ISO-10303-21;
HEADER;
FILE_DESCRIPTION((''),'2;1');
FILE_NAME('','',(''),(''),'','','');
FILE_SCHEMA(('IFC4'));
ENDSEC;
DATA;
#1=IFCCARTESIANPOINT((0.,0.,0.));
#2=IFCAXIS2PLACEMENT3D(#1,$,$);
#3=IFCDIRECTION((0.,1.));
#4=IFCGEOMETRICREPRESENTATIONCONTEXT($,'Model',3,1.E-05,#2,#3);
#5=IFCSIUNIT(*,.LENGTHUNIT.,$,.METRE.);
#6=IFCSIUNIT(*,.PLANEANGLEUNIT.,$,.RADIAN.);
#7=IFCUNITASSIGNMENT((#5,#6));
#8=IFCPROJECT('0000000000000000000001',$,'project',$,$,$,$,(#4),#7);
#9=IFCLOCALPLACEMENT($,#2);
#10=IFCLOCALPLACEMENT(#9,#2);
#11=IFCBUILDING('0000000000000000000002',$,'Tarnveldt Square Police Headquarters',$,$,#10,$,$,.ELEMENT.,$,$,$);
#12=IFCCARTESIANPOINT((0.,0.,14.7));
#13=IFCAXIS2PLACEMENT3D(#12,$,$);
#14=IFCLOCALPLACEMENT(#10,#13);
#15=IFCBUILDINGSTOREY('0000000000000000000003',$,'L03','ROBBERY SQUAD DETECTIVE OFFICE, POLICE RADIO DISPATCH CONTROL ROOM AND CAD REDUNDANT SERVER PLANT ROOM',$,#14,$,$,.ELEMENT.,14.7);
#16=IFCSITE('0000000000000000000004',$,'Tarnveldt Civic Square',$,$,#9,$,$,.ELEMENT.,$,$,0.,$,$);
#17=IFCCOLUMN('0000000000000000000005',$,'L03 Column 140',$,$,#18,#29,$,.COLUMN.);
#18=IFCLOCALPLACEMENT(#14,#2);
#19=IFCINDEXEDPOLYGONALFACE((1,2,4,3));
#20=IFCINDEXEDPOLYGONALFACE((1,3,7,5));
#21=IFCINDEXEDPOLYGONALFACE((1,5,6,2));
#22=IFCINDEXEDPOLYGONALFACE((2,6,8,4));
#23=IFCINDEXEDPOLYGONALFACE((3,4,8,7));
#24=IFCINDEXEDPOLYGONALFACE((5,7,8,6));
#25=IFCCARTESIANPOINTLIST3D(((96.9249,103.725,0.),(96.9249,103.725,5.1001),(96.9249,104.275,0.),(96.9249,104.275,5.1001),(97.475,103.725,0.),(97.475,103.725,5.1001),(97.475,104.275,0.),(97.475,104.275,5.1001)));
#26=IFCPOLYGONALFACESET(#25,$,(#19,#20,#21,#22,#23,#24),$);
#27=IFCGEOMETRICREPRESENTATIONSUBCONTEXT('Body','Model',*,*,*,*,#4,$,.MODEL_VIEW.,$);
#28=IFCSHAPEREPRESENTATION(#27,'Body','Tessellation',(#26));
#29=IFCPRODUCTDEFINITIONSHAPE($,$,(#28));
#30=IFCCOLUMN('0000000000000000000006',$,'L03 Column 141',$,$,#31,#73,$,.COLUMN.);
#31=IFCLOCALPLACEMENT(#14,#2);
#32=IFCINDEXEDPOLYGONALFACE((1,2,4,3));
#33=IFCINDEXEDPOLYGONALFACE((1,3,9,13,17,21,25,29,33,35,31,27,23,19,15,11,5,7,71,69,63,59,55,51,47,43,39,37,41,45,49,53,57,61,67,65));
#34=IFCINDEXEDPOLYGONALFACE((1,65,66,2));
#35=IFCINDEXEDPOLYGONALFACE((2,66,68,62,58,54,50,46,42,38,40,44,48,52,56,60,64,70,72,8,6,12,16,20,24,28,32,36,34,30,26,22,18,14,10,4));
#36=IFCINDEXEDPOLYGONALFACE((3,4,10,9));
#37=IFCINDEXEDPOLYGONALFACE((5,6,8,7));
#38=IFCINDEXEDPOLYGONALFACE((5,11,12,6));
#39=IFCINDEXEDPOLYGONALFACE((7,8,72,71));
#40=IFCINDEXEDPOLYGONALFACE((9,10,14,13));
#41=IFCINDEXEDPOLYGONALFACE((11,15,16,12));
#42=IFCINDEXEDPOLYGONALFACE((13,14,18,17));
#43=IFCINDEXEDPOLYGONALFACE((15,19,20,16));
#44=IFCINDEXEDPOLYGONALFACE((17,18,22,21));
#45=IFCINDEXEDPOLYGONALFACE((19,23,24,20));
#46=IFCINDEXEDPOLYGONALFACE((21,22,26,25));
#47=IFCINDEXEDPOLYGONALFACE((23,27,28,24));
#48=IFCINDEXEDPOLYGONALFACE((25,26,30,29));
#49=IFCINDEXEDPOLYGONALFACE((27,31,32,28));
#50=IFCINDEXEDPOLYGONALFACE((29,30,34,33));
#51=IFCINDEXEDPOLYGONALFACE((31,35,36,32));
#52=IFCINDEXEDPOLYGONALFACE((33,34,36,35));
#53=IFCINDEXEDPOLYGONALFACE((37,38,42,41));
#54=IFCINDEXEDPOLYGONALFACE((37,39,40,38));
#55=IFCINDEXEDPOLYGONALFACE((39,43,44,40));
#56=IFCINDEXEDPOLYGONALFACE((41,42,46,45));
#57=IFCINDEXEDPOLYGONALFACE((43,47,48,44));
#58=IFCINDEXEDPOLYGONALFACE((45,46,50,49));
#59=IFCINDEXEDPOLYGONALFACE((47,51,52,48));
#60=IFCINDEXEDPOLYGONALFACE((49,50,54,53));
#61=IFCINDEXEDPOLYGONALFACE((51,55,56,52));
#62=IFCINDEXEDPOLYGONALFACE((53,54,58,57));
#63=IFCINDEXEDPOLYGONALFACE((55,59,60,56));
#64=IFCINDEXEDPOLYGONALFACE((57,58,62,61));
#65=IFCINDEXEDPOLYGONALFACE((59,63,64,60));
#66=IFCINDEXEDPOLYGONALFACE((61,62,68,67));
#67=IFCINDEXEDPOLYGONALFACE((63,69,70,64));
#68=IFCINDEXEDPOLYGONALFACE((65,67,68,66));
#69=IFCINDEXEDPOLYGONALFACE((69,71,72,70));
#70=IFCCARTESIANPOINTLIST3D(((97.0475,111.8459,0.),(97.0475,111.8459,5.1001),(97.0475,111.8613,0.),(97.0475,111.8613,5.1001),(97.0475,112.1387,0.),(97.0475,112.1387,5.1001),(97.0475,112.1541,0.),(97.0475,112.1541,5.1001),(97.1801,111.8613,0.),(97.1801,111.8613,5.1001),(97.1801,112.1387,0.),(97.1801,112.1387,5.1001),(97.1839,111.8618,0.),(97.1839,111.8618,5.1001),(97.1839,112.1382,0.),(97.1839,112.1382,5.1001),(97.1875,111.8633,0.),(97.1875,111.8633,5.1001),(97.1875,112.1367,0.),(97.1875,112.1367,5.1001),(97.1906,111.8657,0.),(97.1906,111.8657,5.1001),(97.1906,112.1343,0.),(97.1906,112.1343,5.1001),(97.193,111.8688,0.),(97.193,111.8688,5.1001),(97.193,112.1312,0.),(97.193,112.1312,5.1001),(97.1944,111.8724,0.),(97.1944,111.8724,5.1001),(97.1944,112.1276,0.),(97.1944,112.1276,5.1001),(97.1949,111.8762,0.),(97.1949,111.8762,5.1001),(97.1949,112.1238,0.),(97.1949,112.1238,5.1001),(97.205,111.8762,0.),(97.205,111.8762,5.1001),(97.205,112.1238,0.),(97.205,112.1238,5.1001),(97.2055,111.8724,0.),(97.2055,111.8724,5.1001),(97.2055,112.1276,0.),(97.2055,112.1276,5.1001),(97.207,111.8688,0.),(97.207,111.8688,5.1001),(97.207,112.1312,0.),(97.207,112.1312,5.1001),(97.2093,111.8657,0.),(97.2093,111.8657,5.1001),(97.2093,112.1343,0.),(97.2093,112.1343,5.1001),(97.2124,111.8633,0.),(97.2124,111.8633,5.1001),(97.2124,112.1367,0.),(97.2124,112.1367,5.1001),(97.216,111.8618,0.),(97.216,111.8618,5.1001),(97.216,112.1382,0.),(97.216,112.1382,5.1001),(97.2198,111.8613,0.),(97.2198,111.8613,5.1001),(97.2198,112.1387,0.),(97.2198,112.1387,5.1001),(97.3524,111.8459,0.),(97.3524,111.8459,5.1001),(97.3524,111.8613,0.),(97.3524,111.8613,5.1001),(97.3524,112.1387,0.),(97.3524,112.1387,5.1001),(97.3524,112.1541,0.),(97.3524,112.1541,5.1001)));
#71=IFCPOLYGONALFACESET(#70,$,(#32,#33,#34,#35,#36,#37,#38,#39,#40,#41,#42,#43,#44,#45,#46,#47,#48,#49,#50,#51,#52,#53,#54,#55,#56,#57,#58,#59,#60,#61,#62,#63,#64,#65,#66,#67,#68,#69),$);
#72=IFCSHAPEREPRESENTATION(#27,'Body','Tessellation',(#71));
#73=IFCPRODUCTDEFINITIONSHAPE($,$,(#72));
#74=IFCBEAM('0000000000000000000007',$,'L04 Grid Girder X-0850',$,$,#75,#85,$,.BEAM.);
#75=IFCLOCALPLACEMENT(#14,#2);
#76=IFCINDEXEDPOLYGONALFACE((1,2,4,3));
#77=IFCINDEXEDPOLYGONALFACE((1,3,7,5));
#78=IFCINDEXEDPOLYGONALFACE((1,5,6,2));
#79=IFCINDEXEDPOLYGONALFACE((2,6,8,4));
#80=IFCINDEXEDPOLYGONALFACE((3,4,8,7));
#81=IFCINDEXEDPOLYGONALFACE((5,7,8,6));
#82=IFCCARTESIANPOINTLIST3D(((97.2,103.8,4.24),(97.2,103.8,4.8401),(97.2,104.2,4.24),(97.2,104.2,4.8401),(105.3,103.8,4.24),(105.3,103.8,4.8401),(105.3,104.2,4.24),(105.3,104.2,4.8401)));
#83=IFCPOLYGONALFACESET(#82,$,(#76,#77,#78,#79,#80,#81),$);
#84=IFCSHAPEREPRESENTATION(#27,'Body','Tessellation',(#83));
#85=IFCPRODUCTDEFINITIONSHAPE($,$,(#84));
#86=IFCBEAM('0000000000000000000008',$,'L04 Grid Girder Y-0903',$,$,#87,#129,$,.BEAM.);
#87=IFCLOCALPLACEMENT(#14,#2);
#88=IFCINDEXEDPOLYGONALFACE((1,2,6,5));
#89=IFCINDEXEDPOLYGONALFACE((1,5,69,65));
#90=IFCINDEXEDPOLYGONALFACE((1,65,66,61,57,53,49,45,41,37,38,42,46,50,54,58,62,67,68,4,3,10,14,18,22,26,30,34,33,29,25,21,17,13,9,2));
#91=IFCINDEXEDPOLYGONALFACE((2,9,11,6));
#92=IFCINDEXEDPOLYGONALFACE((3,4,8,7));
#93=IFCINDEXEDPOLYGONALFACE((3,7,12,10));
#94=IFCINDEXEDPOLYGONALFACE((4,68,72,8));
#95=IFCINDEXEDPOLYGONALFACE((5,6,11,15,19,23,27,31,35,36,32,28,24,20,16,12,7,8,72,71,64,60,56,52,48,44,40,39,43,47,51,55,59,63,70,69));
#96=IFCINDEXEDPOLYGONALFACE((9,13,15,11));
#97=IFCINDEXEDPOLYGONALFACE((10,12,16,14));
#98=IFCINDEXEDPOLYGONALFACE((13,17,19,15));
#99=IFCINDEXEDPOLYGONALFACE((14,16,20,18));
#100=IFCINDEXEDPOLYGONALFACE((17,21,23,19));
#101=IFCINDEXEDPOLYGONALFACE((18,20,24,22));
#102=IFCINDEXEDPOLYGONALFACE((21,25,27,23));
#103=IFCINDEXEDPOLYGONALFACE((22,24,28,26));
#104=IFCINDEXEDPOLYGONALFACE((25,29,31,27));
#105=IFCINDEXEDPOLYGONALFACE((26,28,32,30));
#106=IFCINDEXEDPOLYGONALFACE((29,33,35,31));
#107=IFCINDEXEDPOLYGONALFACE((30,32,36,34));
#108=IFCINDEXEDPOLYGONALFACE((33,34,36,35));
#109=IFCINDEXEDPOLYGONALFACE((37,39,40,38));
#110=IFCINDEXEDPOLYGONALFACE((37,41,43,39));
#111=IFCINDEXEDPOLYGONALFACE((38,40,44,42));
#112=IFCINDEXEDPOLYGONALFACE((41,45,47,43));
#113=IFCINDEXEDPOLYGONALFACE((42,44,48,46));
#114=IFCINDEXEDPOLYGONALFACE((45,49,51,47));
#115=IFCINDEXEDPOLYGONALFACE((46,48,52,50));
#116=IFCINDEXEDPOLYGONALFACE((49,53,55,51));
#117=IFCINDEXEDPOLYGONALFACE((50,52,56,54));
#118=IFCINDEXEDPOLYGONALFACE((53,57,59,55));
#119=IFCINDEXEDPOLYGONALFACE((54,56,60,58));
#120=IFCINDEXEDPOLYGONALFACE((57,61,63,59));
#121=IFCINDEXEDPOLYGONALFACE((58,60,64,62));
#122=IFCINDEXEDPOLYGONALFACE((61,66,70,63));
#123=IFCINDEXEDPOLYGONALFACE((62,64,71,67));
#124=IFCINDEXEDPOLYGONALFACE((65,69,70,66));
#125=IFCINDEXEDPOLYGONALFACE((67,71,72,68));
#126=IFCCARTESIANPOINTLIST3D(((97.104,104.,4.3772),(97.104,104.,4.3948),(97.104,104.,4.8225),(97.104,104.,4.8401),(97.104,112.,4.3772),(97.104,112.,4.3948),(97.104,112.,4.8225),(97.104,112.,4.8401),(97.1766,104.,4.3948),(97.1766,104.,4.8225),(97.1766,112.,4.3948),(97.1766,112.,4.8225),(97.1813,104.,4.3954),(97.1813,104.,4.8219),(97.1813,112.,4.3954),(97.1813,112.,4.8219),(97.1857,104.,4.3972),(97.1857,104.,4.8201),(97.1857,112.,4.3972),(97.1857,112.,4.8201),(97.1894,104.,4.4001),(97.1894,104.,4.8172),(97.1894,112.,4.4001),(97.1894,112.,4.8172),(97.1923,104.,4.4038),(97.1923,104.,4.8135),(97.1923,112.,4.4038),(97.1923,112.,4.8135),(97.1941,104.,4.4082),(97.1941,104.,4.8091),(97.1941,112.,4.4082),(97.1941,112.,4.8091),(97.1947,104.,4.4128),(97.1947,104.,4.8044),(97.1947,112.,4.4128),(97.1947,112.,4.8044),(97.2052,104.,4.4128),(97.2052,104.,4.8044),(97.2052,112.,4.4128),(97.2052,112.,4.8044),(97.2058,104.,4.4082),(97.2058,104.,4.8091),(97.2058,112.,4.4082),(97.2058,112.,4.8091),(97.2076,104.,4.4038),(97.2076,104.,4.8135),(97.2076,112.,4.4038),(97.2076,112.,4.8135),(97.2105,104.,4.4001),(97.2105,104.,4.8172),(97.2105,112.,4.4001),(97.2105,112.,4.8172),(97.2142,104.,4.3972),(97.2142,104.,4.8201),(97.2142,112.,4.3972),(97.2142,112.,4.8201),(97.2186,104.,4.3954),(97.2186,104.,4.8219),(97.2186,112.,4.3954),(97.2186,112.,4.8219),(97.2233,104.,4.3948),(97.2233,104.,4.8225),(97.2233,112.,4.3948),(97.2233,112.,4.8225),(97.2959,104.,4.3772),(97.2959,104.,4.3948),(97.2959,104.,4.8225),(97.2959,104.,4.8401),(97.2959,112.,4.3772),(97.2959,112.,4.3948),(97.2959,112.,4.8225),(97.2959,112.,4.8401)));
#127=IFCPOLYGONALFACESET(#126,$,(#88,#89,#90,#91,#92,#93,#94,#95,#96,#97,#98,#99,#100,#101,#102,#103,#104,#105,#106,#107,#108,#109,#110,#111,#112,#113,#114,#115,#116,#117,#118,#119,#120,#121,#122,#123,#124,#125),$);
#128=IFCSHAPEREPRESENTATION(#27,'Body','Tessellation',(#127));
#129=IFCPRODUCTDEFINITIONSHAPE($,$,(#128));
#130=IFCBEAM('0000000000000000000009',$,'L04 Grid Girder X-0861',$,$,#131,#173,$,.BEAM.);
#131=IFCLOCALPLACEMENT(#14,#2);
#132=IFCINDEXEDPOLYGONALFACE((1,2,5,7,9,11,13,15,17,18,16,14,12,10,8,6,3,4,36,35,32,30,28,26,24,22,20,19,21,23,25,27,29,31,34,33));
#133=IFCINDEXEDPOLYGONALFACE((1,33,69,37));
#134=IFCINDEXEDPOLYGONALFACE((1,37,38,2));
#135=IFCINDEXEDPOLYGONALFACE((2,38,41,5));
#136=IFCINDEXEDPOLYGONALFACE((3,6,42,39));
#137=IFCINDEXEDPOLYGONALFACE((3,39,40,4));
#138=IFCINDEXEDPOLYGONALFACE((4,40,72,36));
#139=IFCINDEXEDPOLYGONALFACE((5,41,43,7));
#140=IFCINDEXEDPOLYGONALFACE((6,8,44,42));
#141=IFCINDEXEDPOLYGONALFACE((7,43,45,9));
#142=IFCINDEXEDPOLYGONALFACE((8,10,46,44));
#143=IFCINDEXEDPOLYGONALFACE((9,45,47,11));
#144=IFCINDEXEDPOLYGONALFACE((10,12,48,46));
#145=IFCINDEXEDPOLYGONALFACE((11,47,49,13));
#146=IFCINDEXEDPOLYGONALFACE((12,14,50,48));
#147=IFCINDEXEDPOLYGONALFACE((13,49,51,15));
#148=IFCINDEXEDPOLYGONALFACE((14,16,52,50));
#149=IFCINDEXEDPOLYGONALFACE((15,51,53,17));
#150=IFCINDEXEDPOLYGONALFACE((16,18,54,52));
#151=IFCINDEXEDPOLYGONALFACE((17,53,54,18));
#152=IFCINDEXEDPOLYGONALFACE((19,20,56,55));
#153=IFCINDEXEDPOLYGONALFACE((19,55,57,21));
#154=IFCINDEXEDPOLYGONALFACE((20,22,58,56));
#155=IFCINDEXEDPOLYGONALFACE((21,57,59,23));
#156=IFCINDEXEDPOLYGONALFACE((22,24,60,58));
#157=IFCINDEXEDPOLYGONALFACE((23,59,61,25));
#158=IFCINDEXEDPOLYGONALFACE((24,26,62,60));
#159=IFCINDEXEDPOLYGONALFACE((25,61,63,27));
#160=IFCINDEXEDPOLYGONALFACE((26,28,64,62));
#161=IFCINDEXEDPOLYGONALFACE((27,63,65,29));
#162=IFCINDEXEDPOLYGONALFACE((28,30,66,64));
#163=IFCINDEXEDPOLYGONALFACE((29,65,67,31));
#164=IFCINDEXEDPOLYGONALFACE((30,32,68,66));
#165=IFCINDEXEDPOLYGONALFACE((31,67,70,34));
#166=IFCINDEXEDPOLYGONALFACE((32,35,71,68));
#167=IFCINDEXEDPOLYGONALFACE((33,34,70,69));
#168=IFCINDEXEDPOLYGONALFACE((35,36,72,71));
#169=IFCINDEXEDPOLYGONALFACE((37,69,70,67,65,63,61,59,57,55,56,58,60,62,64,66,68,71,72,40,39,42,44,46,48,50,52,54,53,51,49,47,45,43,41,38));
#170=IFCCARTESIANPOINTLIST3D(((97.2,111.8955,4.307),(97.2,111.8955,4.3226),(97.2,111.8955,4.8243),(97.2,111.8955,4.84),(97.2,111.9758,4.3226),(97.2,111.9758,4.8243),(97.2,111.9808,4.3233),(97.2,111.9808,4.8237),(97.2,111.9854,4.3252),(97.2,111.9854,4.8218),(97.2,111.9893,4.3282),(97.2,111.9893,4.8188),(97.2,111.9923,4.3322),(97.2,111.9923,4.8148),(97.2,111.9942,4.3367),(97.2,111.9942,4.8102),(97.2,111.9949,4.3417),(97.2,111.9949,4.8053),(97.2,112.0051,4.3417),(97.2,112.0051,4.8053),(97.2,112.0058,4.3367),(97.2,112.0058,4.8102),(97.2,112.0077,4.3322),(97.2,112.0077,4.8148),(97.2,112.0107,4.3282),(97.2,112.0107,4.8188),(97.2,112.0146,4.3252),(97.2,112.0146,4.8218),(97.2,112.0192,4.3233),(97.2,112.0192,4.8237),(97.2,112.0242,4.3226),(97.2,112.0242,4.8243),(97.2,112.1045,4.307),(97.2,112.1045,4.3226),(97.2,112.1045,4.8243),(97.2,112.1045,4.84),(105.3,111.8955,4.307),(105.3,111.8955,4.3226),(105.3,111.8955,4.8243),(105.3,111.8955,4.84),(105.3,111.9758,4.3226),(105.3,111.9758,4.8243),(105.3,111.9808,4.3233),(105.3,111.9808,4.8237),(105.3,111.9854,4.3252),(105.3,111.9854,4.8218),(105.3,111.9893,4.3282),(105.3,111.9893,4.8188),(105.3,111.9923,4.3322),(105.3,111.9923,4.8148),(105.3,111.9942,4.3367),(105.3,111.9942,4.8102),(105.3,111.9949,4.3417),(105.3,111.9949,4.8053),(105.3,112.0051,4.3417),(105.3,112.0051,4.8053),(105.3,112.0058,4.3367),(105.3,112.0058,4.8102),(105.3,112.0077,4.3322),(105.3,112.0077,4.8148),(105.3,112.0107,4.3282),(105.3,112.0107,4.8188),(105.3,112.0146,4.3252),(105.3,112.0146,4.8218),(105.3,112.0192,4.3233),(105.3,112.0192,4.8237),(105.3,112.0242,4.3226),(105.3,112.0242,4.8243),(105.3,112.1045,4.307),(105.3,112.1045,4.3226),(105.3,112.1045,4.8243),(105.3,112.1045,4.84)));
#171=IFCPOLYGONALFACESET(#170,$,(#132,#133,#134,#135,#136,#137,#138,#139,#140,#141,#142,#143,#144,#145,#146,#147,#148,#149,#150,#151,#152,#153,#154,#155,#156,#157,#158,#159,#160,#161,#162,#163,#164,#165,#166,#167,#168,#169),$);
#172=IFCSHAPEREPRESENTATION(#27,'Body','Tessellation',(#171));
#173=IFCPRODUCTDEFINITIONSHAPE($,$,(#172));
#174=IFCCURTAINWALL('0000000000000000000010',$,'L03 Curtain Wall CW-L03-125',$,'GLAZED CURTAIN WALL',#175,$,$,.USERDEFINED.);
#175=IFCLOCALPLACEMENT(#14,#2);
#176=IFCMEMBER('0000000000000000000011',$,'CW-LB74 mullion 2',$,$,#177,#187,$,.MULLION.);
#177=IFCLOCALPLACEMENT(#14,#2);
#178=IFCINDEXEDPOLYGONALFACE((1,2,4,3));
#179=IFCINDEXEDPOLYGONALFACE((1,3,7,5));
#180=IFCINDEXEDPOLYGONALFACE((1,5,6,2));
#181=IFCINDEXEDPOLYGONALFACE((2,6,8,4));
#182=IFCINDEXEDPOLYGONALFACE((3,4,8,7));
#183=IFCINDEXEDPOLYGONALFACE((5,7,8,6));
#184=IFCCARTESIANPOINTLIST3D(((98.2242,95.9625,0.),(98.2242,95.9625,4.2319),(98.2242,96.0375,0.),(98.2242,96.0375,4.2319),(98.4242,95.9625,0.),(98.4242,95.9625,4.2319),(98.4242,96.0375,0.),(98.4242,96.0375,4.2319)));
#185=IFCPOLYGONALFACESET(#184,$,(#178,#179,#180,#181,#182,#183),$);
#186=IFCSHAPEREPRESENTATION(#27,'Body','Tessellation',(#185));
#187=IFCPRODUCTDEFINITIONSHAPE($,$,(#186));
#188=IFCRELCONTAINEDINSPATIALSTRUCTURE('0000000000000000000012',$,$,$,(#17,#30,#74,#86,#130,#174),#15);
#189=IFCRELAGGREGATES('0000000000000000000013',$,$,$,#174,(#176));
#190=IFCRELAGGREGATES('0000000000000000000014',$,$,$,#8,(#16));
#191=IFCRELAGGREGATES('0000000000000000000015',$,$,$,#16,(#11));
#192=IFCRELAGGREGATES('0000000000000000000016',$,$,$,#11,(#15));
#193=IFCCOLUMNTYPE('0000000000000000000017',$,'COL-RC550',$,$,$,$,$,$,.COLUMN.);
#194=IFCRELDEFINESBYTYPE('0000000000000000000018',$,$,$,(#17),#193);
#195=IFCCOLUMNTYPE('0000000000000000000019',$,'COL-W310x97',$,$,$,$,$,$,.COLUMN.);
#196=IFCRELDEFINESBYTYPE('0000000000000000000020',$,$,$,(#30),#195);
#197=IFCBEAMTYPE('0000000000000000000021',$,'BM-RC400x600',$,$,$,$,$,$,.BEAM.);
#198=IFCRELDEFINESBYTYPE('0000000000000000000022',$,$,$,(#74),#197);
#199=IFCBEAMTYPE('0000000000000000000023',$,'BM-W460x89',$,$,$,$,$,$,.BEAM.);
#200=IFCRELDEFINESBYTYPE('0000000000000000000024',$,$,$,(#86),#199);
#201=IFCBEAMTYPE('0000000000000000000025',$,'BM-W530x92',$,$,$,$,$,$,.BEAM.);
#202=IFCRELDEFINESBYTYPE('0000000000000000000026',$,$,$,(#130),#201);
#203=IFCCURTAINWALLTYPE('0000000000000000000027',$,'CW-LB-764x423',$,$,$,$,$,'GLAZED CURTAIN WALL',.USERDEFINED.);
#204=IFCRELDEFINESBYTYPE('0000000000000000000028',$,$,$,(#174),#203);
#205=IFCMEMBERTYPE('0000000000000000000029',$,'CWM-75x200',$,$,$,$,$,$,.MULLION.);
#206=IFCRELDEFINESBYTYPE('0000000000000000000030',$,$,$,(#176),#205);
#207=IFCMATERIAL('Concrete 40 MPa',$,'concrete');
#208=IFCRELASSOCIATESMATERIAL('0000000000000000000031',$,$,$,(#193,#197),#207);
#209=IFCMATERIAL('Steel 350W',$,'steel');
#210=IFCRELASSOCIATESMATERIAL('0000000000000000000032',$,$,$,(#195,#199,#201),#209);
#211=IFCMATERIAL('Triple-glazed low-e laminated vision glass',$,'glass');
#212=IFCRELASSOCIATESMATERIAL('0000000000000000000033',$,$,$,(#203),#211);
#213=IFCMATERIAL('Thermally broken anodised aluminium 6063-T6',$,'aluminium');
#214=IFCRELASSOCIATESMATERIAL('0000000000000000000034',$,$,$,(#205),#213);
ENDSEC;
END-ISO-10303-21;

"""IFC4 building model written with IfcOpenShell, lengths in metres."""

from ifc_helpers import new_model, si_unit, direction, frame, origin, origin_2d, place, context, subcontext, project, spatial, rectangle, i_section, extrude, material, material_profile, profile_set, type_object, element, aggregate, save


model = new_model("IFC4")

# Units and contexts
model_context = context("Model", 3, precision=1e-05, world=origin(), true_north=direction((0.0, 1.0)))
body_context = subcontext(model_context, "Body", "Model", "MODEL_VIEW")
ifc_project = project(units=[si_unit("LENGTHUNIT", "METRE"), si_unit("PLANEANGLEUNIT", "RADIAN")], contexts=[model_context])

# Site, building, storey
site_placement = place(None, origin())
site = spatial("IfcSite", under=ifc_project, at=site_placement, Name="Tarnveldt Civic Square", CompositionType="ELEMENT", RefElevation=0.0)
building_placement = place(site_placement, origin())
building = spatial("IfcBuilding", under=site, at=building_placement, Name="Tarnveldt Square Police Headquarters", CompositionType="ELEMENT")
storey_placement = place(building_placement, frame((0.0, 0.0, 14.7)))
storey = spatial("IfcBuildingStorey", under=building, at=storey_placement, Name="L03", Description="ROBBERY SQUAD DETECTIVE OFFICE, POLICE RADIO DISPATCH CONTROL ROOM AND CAD REDUNDANT SERVER PLANT ROOM", CompositionType="ELEMENT", Elevation=14.7)

# Columns
ifc_material_1 = material(Name="Concrete 40 MPa", Category="concrete")
ifc_material_profile_1 = material_profile(ifc_material_1, rectangle(XDim=0.55, YDim=0.55, at=origin_2d()), Name="RC-C550x550")
ifc_profile_set_1 = profile_set([ifc_material_profile_1], Name="Concrete 40 MPa")
column_type_1 = type_object("IfcColumnType", Name="COL-RC550", PredefinedType="COLUMN", material=ifc_profile_set_1)
column_1_placement = place(storey_placement, frame((97.2, 104.0, 0.0), z_axis=(0.0, 0.0, 1.0), x_axis=(1.0, 0.0, 0.0)))
element("IfcColumn", 1, at=column_1_placement, inside=storey, type_object=column_type_1, Name="L03 Column 140", PredefinedType="COLUMN", context=body_context, shape_type="SweptSolid", body=[
    extrude(rectangle(XDim=0.55, YDim=0.55, at=origin_2d()), origin(), (0.0, 0.0, 1.0), 5.1001),
])
ifc_material_2 = material(Name="Steel 350W", Category="steel")
ifc_material_profile_2 = material_profile(ifc_material_2, i_section(OverallWidth=0.3049, OverallDepth=0.3081, WebThickness=0.01, FlangeThickness=0.0154, FilletRadius=0.0149, at=origin_2d()), Name="W310x97")
ifc_profile_set_2 = profile_set([ifc_material_profile_2], Name="Steel 350W")
column_type_2 = type_object("IfcColumnType", Name="COL-W310x97", PredefinedType="COLUMN", material=ifc_profile_set_2)
column_2_placement = place(storey_placement, frame((97.2, 112.0, 0.0), z_axis=(0.0, 0.0, 1.0), x_axis=(1.0, 0.0, 0.0)))
element("IfcColumn", 2, at=column_2_placement, inside=storey, type_object=column_type_2, Name="L03 Column 141", PredefinedType="COLUMN", context=body_context, shape_type="SweptSolid", body=[
    extrude(i_section(OverallWidth=0.3049, OverallDepth=0.3081, WebThickness=0.01, FlangeThickness=0.0154, FilletRadius=0.0149, at=origin_2d()), origin(), (0.0, 0.0, 1.0), 5.1001),
])

# Beams
ifc_material_profile_3 = material_profile(ifc_material_1, rectangle(XDim=0.3999, YDim=0.6001, at=origin_2d()), Name="RC-B400x600")
ifc_profile_set_3 = profile_set([ifc_material_profile_3], Name="Concrete 40 MPa")
beam_type_1 = type_object("IfcBeamType", Name="BM-RC400x600", PredefinedType="BEAM", material=ifc_profile_set_3)
beam_1_placement = place(storey_placement, frame((97.2, 104.0, 4.54), z_axis=(1.0, 0.0, 0.0), x_axis=(0.0, 1.0, 0.0)))
element("IfcBeam", 3, at=beam_1_placement, inside=storey, type_object=beam_type_1, Name="L04 Grid Girder X-0850", PredefinedType="BEAM", context=body_context, shape_type="SweptSolid", body=[
    extrude(rectangle(XDim=0.3999, YDim=0.6001, at=origin_2d()), origin(), (0.0, 0.0, 1.0), 8.1001),
])
ifc_material_profile_4 = material_profile(ifc_material_2, i_section(OverallWidth=0.1919, OverallDepth=0.4629, WebThickness=0.0105, FlangeThickness=0.0176, FilletRadius=0.0181, at=origin_2d()), Name="W460x89")
ifc_profile_set_4 = profile_set([ifc_material_profile_4], Name="Steel 350W")
beam_type_2 = type_object("IfcBeamType", Name="BM-W460x89", PredefinedType="BEAM", material=ifc_profile_set_4)
beam_2_placement = place(storey_placement, frame((97.2, 104.0, 4.6086), z_axis=(0.0, 1.0, 0.0), x_axis=(-1.0, 0.0, 0.0)))
element("IfcBeam", 4, at=beam_2_placement, inside=storey, type_object=beam_type_2, Name="L04 Grid Girder Y-0903", PredefinedType="BEAM", context=body_context, shape_type="SweptSolid", body=[
    extrude(i_section(OverallWidth=0.1919, OverallDepth=0.4629, WebThickness=0.0105, FlangeThickness=0.0176, FilletRadius=0.0181, at=origin_2d()), origin(), (0.0, 0.0, 1.0), 8.0),
])
ifc_material_profile_5 = material_profile(ifc_material_2, i_section(OverallWidth=0.209, OverallDepth=0.533, WebThickness=0.0103, FlangeThickness=0.0156, FilletRadius=0.019, at=origin_2d()), Name="W530x92")
ifc_profile_set_5 = profile_set([ifc_material_profile_5], Name="Steel 350W")
beam_type_3 = type_object("IfcBeamType", Name="BM-W530x92", PredefinedType="BEAM", material=ifc_profile_set_5)
beam_3_placement = place(storey_placement, frame((97.2, 112.0, 4.5735), z_axis=(1.0, 0.0, 0.0), x_axis=(0.0, 1.0, 0.0)))
element("IfcBeam", 5, at=beam_3_placement, inside=storey, type_object=beam_type_3, Name="L04 Grid Girder X-0861", PredefinedType="BEAM", context=body_context, shape_type="SweptSolid", body=[
    extrude(i_section(OverallWidth=0.209, OverallDepth=0.533, WebThickness=0.0103, FlangeThickness=0.0156, FilletRadius=0.019, at=origin_2d()), origin(), (0.0, 0.0, 1.0), 8.1001),
])

# Curtain wall, member
ifc_material_3 = material(Name="Triple-glazed low-e laminated vision glass", Category="glass")
curtain_wall_type = type_object("IfcCurtainWallType", Name="CW-LB-764x423", ElementType="GLAZED CURTAIN WALL", PredefinedType="USERDEFINED", material=ifc_material_3)
curtain_wall_placement = place(storey_placement, origin())
curtain_wall = element("IfcCurtainWall", 6, at=curtain_wall_placement, inside=storey, type_object=curtain_wall_type, Name="L03 Curtain Wall CW-L03-125", ObjectType="GLAZED CURTAIN WALL", PredefinedType="USERDEFINED")
ifc_material_4 = material(Name="Thermally broken anodised aluminium 6063-T6", Category="aluminium")
ifc_material_profile_6 = material_profile(ifc_material_4, rectangle(XDim=0.075, YDim=0.2, at=origin_2d()), Name="CW-M75x200")
ifc_profile_set_6 = profile_set([ifc_material_profile_6], Name="Thermally broken anodised aluminium 6063-T6")
member_type_1 = type_object("IfcMemberType", Name="CWM-75x200", PredefinedType="MULLION", material=ifc_profile_set_6)
member_1_placement = place(storey_placement, frame((98.3242, 96.0, 0.0), z_axis=(0.0, 0.0, 1.0), x_axis=(0.0, 1.0, 0.0)))
member_1 = element("IfcMember", 7, at=member_1_placement, type_object=member_type_1, Name="CW-LB74 mullion 2", PredefinedType="MULLION", context=body_context, shape_type="SweptSolid", body=[
    extrude(rectangle(XDim=0.075, YDim=0.2, at=origin_2d()), origin(), (0.0, 0.0, 1.0), 4.2319),
])
aggregate(curtain_wall, [member_1])

save(model, "model.ifc")
